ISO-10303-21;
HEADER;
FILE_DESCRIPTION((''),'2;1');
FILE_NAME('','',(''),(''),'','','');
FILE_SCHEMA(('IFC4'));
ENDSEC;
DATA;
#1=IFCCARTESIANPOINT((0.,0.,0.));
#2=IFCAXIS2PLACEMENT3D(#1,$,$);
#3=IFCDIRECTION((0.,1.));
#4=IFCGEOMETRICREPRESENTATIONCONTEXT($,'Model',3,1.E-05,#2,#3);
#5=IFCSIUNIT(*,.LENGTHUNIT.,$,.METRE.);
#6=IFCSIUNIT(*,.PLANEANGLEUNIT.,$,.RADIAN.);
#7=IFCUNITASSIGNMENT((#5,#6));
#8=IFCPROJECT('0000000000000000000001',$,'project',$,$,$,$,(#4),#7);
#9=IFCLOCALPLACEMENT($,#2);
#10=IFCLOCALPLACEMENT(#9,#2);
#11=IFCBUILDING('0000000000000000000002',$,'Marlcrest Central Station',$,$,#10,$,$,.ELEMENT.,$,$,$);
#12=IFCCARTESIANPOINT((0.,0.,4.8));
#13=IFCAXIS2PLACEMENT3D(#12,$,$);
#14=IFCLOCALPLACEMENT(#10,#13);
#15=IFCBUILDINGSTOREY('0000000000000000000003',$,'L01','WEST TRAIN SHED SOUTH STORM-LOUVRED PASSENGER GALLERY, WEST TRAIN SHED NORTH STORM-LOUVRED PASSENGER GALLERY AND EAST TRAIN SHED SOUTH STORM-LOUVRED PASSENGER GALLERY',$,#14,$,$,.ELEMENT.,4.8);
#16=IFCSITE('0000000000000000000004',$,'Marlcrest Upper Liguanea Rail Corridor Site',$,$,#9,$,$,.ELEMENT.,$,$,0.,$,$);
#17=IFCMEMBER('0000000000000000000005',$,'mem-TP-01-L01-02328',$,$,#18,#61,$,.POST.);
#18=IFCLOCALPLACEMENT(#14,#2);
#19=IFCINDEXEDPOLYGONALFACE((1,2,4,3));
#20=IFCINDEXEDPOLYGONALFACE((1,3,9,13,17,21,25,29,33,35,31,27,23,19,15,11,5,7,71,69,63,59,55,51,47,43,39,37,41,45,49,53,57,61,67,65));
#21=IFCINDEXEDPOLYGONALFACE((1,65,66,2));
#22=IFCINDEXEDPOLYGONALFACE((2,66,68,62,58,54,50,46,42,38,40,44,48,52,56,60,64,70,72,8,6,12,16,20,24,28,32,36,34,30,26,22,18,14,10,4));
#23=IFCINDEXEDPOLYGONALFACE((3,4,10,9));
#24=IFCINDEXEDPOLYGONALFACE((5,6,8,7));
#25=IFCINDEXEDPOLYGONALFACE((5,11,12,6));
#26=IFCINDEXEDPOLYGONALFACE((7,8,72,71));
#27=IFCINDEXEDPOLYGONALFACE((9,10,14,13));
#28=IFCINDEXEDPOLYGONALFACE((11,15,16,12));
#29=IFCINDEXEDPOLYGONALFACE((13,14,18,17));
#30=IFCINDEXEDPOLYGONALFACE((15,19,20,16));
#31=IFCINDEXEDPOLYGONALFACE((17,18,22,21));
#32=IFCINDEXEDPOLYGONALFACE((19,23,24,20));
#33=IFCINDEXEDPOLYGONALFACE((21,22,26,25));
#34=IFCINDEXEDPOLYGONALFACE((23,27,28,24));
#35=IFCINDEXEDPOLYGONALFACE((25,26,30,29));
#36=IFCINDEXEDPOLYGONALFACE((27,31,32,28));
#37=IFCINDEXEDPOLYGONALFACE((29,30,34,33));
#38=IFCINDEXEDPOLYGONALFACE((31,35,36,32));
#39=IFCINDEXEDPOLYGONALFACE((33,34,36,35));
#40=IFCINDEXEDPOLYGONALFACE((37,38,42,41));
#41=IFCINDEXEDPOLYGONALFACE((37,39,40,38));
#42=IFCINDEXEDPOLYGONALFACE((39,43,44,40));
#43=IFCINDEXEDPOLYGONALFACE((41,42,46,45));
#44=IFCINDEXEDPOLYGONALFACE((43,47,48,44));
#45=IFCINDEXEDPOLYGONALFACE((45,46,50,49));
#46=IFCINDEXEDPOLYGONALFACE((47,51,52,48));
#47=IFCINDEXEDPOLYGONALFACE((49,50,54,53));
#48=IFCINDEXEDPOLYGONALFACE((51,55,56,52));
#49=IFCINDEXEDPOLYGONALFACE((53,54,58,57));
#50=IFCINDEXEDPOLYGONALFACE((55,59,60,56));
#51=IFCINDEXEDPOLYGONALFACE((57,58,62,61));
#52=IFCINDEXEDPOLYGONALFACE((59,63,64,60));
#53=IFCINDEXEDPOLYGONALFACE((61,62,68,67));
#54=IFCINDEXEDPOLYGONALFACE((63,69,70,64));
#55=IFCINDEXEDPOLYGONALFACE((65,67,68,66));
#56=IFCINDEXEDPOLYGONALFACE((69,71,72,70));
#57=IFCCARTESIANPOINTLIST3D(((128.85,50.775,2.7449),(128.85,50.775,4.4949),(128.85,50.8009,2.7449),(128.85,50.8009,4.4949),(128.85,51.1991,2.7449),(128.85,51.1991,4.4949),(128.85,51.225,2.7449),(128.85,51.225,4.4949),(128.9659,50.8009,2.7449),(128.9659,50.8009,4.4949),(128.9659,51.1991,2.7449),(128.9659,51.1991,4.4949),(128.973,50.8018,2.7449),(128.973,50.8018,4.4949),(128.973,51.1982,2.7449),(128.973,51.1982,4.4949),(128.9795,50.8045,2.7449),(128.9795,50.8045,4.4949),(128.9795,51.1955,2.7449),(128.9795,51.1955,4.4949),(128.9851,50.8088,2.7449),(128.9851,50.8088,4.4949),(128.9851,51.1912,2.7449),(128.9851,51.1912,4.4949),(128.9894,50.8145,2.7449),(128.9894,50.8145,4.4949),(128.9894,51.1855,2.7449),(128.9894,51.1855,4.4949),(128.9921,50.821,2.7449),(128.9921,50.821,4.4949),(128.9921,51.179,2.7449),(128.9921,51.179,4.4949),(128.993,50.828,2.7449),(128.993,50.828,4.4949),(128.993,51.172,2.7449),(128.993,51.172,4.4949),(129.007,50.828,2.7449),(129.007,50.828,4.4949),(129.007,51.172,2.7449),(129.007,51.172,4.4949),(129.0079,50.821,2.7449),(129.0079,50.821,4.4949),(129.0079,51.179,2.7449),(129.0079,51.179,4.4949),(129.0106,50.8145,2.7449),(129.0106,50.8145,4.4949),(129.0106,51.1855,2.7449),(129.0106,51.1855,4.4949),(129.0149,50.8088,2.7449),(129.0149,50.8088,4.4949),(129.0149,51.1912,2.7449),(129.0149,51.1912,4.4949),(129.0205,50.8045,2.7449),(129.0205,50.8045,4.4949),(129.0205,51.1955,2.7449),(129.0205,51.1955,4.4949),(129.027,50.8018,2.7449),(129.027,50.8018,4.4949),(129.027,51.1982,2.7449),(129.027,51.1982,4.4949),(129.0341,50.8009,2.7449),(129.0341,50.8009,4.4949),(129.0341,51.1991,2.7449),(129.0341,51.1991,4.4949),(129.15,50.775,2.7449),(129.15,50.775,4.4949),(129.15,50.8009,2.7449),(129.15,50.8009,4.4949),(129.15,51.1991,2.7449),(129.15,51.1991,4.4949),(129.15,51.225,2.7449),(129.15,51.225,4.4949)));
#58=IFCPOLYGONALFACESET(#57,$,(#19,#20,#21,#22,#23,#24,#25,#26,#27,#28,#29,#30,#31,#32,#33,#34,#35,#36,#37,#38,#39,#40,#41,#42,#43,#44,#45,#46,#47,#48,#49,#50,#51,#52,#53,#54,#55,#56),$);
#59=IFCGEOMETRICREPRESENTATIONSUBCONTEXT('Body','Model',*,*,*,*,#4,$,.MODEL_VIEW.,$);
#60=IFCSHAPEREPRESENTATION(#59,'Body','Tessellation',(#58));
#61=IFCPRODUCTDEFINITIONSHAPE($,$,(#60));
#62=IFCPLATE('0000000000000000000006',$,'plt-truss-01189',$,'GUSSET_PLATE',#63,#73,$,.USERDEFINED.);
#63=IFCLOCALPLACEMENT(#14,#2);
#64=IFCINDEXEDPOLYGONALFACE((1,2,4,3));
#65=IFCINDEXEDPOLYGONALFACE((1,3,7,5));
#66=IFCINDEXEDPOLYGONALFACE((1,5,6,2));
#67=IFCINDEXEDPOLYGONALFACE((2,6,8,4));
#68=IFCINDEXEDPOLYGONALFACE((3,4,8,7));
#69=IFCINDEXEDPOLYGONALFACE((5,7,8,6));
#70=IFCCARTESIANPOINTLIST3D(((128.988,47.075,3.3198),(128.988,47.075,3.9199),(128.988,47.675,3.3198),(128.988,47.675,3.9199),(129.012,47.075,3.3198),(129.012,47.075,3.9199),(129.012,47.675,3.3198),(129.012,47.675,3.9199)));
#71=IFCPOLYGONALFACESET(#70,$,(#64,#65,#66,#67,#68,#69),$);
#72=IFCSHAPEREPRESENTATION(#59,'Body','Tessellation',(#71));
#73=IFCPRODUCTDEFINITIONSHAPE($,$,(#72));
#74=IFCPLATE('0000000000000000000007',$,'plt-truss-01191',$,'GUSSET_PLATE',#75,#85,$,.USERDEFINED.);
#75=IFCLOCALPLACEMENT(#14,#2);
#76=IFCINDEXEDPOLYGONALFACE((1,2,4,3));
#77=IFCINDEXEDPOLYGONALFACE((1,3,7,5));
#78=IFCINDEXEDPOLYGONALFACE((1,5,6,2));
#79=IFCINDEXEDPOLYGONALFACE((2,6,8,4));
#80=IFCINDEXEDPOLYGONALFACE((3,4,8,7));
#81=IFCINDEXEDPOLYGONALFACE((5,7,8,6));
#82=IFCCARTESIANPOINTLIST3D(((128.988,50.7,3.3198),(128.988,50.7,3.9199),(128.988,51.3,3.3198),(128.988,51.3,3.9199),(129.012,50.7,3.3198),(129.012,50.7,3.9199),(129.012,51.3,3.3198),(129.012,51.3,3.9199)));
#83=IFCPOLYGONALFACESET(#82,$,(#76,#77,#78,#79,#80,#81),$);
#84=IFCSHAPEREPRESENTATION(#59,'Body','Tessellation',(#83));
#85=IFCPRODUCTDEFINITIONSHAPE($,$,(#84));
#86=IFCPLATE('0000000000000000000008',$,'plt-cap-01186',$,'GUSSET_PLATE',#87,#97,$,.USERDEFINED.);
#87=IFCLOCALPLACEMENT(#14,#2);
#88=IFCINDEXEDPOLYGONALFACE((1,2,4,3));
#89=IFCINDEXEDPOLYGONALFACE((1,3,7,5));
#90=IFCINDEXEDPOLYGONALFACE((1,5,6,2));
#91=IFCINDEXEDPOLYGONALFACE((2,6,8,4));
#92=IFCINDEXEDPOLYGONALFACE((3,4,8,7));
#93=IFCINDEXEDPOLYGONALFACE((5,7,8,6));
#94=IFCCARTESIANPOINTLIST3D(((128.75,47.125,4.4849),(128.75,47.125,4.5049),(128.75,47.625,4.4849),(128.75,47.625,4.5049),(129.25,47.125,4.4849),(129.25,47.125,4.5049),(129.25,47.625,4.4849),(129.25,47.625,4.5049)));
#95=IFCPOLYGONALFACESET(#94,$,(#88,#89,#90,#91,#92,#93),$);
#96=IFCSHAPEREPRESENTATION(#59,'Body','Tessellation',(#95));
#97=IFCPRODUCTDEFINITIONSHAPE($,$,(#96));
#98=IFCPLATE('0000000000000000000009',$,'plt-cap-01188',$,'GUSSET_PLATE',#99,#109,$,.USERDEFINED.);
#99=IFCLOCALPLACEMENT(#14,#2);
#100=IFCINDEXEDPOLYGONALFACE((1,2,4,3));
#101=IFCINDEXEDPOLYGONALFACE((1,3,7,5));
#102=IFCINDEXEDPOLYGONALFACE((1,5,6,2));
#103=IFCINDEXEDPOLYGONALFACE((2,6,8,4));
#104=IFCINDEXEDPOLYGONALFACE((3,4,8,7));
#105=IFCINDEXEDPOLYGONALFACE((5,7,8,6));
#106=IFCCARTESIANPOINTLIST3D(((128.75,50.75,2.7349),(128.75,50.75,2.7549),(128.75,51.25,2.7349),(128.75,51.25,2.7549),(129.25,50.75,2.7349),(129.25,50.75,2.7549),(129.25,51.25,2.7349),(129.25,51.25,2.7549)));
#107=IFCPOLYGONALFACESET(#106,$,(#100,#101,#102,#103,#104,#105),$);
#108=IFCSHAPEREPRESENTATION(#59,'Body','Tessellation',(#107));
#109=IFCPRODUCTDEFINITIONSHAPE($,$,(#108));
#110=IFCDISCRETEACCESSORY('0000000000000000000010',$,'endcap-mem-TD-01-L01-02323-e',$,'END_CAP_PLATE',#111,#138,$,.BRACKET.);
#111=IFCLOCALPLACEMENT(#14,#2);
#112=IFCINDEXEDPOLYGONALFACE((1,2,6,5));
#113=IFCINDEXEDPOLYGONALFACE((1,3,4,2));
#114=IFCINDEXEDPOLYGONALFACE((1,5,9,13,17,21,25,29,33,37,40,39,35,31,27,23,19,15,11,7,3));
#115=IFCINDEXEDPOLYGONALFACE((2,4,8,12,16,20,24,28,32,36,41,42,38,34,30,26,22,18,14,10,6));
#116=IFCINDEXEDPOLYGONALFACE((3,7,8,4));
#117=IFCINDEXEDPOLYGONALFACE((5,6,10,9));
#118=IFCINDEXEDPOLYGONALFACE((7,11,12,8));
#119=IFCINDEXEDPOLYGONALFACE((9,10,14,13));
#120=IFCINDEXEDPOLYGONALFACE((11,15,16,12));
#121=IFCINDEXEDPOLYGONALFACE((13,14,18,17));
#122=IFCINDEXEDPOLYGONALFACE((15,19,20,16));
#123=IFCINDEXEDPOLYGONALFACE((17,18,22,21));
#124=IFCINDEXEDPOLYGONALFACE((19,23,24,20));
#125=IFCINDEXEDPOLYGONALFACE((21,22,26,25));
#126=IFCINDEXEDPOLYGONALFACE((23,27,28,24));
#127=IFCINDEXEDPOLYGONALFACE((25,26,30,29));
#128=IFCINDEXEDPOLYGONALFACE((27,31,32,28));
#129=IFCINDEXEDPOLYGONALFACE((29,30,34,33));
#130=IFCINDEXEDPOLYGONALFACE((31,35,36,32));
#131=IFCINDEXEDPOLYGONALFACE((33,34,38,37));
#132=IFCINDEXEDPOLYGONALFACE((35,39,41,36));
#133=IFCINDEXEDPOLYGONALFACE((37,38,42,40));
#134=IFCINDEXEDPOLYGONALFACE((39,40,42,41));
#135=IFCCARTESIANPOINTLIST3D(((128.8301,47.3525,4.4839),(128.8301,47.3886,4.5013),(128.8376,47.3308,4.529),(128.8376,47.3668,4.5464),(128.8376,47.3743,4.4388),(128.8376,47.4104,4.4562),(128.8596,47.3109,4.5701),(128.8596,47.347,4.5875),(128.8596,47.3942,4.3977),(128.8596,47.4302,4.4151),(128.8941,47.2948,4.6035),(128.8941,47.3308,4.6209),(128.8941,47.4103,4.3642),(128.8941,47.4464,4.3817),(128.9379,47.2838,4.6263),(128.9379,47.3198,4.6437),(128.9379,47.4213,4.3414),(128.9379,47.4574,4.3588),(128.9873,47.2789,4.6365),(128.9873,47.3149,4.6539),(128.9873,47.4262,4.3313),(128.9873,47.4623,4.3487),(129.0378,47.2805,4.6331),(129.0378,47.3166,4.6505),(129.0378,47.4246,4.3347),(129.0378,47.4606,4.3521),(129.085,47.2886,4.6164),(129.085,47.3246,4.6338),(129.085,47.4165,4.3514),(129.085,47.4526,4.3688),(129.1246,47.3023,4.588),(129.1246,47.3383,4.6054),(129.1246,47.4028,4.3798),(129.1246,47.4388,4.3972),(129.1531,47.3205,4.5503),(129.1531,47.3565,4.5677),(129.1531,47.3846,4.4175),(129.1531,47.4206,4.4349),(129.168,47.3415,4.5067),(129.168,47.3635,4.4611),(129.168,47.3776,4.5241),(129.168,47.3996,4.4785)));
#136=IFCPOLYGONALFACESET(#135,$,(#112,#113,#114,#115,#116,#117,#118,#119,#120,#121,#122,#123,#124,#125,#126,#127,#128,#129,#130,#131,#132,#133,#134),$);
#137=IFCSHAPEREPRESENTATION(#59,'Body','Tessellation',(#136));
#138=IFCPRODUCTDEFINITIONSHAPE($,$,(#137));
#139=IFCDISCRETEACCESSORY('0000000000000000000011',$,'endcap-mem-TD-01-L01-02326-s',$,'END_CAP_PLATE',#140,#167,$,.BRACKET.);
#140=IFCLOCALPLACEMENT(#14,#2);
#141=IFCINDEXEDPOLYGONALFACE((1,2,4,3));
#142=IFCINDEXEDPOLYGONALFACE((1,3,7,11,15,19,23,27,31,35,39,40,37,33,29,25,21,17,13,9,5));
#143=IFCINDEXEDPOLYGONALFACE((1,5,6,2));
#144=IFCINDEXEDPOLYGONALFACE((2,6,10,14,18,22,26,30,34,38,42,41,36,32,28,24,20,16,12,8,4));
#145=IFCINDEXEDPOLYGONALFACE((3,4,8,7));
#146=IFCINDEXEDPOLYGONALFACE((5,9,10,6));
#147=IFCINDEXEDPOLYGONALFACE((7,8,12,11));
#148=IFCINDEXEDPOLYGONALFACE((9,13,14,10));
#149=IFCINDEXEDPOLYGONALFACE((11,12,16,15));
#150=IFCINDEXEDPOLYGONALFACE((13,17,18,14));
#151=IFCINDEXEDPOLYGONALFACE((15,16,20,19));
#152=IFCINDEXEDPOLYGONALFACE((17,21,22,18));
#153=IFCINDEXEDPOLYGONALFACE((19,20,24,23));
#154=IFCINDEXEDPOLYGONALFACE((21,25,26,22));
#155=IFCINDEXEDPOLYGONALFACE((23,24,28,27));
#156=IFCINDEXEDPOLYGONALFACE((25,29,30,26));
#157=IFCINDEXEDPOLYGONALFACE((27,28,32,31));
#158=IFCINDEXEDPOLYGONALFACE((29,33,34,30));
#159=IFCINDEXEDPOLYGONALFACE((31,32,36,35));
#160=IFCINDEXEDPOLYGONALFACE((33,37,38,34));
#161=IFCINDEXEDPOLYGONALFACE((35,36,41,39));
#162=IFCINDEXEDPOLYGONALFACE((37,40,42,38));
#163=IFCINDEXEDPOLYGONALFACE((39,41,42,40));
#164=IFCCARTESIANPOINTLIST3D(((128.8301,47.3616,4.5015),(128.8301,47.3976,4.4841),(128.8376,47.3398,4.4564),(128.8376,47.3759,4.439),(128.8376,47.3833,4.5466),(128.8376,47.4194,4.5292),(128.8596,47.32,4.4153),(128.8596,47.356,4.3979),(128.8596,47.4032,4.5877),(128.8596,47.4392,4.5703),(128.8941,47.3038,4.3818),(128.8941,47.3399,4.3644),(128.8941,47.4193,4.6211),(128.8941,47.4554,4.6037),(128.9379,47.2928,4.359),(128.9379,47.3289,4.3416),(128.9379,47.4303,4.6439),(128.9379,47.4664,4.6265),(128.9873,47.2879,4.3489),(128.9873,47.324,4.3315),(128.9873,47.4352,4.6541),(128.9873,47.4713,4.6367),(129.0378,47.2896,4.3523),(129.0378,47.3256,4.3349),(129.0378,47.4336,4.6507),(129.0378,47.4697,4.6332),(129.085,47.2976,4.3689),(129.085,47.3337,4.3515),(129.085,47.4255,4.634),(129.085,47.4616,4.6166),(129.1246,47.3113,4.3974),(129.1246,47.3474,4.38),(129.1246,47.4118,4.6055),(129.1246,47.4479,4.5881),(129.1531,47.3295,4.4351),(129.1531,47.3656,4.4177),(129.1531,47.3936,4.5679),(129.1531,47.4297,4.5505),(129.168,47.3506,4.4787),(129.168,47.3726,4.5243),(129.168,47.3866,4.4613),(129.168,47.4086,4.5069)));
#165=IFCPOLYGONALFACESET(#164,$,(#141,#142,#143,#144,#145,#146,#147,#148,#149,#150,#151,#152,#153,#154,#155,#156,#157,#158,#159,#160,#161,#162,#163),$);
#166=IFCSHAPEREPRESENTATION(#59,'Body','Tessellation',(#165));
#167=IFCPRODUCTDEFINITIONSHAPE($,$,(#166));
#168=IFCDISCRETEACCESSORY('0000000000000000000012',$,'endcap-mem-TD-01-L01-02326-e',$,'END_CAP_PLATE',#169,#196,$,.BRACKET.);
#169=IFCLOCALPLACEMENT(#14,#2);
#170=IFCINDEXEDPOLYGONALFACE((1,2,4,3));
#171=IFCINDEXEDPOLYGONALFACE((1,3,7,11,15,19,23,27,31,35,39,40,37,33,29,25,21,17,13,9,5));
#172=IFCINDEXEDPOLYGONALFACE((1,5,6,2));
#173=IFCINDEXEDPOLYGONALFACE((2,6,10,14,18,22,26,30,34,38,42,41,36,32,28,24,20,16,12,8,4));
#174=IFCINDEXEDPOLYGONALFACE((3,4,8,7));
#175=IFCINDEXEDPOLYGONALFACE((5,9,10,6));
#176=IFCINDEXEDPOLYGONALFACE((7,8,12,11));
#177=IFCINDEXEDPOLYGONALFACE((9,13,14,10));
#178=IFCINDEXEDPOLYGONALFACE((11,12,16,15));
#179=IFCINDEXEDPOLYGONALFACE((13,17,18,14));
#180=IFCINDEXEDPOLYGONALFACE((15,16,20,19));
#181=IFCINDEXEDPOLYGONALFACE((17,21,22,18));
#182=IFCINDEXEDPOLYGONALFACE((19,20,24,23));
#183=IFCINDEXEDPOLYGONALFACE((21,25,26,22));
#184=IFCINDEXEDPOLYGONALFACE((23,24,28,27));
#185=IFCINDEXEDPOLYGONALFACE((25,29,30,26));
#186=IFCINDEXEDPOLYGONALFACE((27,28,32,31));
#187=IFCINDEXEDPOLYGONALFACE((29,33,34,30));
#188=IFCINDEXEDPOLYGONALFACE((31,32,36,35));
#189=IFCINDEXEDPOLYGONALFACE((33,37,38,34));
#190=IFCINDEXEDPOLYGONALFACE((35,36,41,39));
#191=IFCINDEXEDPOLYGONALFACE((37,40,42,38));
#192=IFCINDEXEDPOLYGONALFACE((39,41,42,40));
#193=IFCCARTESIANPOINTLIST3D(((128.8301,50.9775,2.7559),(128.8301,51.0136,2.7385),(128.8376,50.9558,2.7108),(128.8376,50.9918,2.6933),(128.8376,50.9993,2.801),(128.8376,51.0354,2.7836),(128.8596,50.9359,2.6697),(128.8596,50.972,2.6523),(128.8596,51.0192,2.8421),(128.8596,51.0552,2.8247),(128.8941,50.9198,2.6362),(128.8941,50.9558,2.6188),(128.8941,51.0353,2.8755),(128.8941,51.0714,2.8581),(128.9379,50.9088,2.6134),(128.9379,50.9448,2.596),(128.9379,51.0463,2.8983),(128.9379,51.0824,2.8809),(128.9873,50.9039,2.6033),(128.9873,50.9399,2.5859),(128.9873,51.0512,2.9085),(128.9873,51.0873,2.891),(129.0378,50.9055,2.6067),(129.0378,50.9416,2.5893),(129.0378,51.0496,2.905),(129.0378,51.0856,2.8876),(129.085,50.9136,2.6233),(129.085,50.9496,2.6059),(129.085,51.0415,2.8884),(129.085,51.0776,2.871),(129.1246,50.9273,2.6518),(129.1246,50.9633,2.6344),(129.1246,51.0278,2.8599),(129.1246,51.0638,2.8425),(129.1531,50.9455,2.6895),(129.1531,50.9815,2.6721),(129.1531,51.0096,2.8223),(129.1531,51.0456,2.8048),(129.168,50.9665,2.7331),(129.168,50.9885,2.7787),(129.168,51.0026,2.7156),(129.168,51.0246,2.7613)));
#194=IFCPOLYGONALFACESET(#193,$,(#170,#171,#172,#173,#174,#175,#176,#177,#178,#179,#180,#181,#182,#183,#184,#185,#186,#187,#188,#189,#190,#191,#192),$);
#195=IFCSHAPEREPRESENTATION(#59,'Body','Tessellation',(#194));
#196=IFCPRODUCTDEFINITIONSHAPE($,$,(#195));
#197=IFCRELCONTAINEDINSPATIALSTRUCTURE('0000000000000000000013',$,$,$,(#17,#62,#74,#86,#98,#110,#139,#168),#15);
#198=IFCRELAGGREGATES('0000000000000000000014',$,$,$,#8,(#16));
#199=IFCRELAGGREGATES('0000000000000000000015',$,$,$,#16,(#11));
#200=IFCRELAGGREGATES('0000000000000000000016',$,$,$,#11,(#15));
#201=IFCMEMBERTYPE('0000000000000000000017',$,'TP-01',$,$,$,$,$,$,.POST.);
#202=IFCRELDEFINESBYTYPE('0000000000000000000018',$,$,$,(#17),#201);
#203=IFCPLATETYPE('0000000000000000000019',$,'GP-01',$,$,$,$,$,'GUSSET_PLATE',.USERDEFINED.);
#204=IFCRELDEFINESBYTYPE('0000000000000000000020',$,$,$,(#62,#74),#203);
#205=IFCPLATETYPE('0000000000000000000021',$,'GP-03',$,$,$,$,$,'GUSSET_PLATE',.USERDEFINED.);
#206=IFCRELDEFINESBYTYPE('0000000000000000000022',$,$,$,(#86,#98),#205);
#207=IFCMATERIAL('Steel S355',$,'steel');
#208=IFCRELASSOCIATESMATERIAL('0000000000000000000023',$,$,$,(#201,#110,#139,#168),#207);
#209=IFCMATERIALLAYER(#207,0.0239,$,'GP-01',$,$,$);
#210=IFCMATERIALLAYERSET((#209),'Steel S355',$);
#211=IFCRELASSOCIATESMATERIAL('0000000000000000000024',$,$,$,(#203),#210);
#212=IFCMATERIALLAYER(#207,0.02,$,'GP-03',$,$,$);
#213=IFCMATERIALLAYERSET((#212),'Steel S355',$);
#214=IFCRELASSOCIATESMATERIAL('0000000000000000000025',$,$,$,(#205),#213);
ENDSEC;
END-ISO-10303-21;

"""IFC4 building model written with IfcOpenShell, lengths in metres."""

from ifc_helpers import new_model, si_unit, direction, frame, origin, origin_2d, place, context, subcontext, project, spatial, rectangle, circle, i_section, extrude, material, layer, layer_set, material_profile, profile_set, type_object, element, save


model = new_model("IFC4")

# Units and contexts
model_context = context("Model", 3, precision=1e-05, world=origin(), true_north=direction((0.0, 1.0)))
body_context = subcontext(model_context, "Body", "Model", "MODEL_VIEW")
ifc_project = project(units=[si_unit("LENGTHUNIT", "METRE"), si_unit("PLANEANGLEUNIT", "RADIAN")], contexts=[model_context])

# Site, building, storey
site_placement = place(None, origin())
site = spatial("IfcSite", under=ifc_project, at=site_placement, Name="Marlcrest Upper Liguanea Rail Corridor Site", CompositionType="ELEMENT", RefElevation=0.0)
building_placement = place(site_placement, origin())
building = spatial("IfcBuilding", under=site, at=building_placement, Name="Marlcrest Central Station", CompositionType="ELEMENT")
storey_placement = place(building_placement, frame((0.0, 0.0, 4.8)))
storey = spatial("IfcBuildingStorey", under=building, at=storey_placement, Name="L01", Description="WEST TRAIN SHED SOUTH STORM-LOUVRED PASSENGER GALLERY, WEST TRAIN SHED NORTH STORM-LOUVRED PASSENGER GALLERY AND EAST TRAIN SHED SOUTH STORM-LOUVRED PASSENGER GALLERY", CompositionType="ELEMENT", Elevation=4.8)

# Shared definitions
ifc_material = material(Name="Steel S355", Category="steel")

# Member
ifc_material_profile_1 = material_profile(ifc_material, i_section(OverallWidth=0.3, OverallDepth=0.45, WebThickness=0.0139, FlangeThickness=0.0259, FilletRadius=0.0271, at=origin_2d()), Name="HEB 450")
ifc_profile_set_1 = profile_set([ifc_material_profile_1], Name="Steel S355")
member_type_1 = type_object("IfcMemberType", Name="TP-01", PredefinedType="POST", material=ifc_profile_set_1)
for number, where, z_axis, x_axis, name in (
    (1, (129.0, 51.0, 2.7449), (0.0, 0.0, 1.0), (1.0, 0.0, 0.0), "mem-TP-01-L01-02328"),
):
    element("IfcMember", number, at=place(storey_placement, frame(where, z_axis=z_axis, x_axis=x_axis)), inside=storey, type_object=member_type_1, Name=name, PredefinedType="POST", context=body_context, shape_type="SweptSolid", body=[
        extrude(i_section(OverallWidth=0.3, OverallDepth=0.45, WebThickness=0.0139, FlangeThickness=0.0259, FilletRadius=0.0271, at=origin_2d()), origin(), (0.0, 0.0, 1.0), 1.75),
    ])

# Plates
ifc_layer_1 = layer(ifc_material, 0.0239, Name="GP-01")
ifc_layer_set_1 = layer_set([ifc_layer_1], Name="Steel S355")
plate_type_1 = type_object("IfcPlateType", Name="GP-01", ElementType="GUSSET_PLATE", PredefinedType="USERDEFINED", material=ifc_layer_set_1)
for number, where, z_axis, x_axis, name in (
    (2, (129.0, 47.375, 3.3198), (0.0, 0.0, 1.0), (1.0, 0.0, 0.0), "plt-truss-01189"),
    (3, (129.0, 51.0, 3.3198), (0.0, 0.0, 1.0), (1.0, 0.0, 0.0), "plt-truss-01191"),
):
    element("IfcPlate", number, at=place(storey_placement, frame(where, z_axis=z_axis, x_axis=x_axis)), inside=storey, type_object=plate_type_1, Name=name, ObjectType="GUSSET_PLATE", PredefinedType="USERDEFINED", context=body_context, shape_type="SweptSolid", body=[
        extrude(rectangle(XDim=0.0239, YDim=0.6001, at=origin_2d()), origin(), (0.0, 0.0, 1.0), 0.6001),
    ])
ifc_layer_2 = layer(ifc_material, 0.02, Name="GP-03")
ifc_layer_set_2 = layer_set([ifc_layer_2], Name="Steel S355")
plate_type_2 = type_object("IfcPlateType", Name="GP-03", ElementType="GUSSET_PLATE", PredefinedType="USERDEFINED", material=ifc_layer_set_2)
for number, where, z_axis, x_axis, name in (
    (4, (129.0, 47.375, 4.4849), (0.0, 0.0, 1.0), (1.0, 0.0, 0.0), "plt-cap-01186"),
    (5, (129.0, 51.0, 2.7349), (0.0, 0.0, 1.0), (1.0, 0.0, 0.0), "plt-cap-01188"),
):
    element("IfcPlate", number, at=place(storey_placement, frame(where, z_axis=z_axis, x_axis=x_axis)), inside=storey, type_object=plate_type_2, Name=name, ObjectType="GUSSET_PLATE", PredefinedType="USERDEFINED", context=body_context, shape_type="SweptSolid", body=[
        extrude(rectangle(XDim=0.5, YDim=0.5, at=origin_2d()), origin(), (0.0, 0.0, 1.0), 0.02),
    ])

# Discrete accessories
for number, where, z_axis, x_axis, name in (
    (6, (129.0, 47.3525, 4.4839), (0.0, 0.900552, 0.434749), (-1.0, 0.0, 0.0), "endcap-mem-TD-01-L01-02323-e"),
    (7, (129.0, 47.3616, 4.5015), (0.0, 0.900552, -0.434749), (-1.0, 0.0, 0.0), "endcap-mem-TD-01-L01-02326-s"),
    (8, (129.0, 50.9775, 2.7559), (0.0, 0.900552, -0.434749), (-1.0, 0.0, 0.0), "endcap-mem-TD-01-L01-02326-e"),
):
    element("IfcDiscreteAccessory", number, at=place(storey_placement, frame(where, z_axis=z_axis, x_axis=x_axis)), inside=storey, material=ifc_material, Name=name, ObjectType="END_CAP_PLATE", PredefinedType="BRACKET", context=body_context, shape_type="SweptSolid", body=[
        extrude(circle(Radius=0.1699, at=origin_2d()), origin(), (0.0, 0.0, 1.0), 0.04),
    ])

save(model, "model.ifc")
